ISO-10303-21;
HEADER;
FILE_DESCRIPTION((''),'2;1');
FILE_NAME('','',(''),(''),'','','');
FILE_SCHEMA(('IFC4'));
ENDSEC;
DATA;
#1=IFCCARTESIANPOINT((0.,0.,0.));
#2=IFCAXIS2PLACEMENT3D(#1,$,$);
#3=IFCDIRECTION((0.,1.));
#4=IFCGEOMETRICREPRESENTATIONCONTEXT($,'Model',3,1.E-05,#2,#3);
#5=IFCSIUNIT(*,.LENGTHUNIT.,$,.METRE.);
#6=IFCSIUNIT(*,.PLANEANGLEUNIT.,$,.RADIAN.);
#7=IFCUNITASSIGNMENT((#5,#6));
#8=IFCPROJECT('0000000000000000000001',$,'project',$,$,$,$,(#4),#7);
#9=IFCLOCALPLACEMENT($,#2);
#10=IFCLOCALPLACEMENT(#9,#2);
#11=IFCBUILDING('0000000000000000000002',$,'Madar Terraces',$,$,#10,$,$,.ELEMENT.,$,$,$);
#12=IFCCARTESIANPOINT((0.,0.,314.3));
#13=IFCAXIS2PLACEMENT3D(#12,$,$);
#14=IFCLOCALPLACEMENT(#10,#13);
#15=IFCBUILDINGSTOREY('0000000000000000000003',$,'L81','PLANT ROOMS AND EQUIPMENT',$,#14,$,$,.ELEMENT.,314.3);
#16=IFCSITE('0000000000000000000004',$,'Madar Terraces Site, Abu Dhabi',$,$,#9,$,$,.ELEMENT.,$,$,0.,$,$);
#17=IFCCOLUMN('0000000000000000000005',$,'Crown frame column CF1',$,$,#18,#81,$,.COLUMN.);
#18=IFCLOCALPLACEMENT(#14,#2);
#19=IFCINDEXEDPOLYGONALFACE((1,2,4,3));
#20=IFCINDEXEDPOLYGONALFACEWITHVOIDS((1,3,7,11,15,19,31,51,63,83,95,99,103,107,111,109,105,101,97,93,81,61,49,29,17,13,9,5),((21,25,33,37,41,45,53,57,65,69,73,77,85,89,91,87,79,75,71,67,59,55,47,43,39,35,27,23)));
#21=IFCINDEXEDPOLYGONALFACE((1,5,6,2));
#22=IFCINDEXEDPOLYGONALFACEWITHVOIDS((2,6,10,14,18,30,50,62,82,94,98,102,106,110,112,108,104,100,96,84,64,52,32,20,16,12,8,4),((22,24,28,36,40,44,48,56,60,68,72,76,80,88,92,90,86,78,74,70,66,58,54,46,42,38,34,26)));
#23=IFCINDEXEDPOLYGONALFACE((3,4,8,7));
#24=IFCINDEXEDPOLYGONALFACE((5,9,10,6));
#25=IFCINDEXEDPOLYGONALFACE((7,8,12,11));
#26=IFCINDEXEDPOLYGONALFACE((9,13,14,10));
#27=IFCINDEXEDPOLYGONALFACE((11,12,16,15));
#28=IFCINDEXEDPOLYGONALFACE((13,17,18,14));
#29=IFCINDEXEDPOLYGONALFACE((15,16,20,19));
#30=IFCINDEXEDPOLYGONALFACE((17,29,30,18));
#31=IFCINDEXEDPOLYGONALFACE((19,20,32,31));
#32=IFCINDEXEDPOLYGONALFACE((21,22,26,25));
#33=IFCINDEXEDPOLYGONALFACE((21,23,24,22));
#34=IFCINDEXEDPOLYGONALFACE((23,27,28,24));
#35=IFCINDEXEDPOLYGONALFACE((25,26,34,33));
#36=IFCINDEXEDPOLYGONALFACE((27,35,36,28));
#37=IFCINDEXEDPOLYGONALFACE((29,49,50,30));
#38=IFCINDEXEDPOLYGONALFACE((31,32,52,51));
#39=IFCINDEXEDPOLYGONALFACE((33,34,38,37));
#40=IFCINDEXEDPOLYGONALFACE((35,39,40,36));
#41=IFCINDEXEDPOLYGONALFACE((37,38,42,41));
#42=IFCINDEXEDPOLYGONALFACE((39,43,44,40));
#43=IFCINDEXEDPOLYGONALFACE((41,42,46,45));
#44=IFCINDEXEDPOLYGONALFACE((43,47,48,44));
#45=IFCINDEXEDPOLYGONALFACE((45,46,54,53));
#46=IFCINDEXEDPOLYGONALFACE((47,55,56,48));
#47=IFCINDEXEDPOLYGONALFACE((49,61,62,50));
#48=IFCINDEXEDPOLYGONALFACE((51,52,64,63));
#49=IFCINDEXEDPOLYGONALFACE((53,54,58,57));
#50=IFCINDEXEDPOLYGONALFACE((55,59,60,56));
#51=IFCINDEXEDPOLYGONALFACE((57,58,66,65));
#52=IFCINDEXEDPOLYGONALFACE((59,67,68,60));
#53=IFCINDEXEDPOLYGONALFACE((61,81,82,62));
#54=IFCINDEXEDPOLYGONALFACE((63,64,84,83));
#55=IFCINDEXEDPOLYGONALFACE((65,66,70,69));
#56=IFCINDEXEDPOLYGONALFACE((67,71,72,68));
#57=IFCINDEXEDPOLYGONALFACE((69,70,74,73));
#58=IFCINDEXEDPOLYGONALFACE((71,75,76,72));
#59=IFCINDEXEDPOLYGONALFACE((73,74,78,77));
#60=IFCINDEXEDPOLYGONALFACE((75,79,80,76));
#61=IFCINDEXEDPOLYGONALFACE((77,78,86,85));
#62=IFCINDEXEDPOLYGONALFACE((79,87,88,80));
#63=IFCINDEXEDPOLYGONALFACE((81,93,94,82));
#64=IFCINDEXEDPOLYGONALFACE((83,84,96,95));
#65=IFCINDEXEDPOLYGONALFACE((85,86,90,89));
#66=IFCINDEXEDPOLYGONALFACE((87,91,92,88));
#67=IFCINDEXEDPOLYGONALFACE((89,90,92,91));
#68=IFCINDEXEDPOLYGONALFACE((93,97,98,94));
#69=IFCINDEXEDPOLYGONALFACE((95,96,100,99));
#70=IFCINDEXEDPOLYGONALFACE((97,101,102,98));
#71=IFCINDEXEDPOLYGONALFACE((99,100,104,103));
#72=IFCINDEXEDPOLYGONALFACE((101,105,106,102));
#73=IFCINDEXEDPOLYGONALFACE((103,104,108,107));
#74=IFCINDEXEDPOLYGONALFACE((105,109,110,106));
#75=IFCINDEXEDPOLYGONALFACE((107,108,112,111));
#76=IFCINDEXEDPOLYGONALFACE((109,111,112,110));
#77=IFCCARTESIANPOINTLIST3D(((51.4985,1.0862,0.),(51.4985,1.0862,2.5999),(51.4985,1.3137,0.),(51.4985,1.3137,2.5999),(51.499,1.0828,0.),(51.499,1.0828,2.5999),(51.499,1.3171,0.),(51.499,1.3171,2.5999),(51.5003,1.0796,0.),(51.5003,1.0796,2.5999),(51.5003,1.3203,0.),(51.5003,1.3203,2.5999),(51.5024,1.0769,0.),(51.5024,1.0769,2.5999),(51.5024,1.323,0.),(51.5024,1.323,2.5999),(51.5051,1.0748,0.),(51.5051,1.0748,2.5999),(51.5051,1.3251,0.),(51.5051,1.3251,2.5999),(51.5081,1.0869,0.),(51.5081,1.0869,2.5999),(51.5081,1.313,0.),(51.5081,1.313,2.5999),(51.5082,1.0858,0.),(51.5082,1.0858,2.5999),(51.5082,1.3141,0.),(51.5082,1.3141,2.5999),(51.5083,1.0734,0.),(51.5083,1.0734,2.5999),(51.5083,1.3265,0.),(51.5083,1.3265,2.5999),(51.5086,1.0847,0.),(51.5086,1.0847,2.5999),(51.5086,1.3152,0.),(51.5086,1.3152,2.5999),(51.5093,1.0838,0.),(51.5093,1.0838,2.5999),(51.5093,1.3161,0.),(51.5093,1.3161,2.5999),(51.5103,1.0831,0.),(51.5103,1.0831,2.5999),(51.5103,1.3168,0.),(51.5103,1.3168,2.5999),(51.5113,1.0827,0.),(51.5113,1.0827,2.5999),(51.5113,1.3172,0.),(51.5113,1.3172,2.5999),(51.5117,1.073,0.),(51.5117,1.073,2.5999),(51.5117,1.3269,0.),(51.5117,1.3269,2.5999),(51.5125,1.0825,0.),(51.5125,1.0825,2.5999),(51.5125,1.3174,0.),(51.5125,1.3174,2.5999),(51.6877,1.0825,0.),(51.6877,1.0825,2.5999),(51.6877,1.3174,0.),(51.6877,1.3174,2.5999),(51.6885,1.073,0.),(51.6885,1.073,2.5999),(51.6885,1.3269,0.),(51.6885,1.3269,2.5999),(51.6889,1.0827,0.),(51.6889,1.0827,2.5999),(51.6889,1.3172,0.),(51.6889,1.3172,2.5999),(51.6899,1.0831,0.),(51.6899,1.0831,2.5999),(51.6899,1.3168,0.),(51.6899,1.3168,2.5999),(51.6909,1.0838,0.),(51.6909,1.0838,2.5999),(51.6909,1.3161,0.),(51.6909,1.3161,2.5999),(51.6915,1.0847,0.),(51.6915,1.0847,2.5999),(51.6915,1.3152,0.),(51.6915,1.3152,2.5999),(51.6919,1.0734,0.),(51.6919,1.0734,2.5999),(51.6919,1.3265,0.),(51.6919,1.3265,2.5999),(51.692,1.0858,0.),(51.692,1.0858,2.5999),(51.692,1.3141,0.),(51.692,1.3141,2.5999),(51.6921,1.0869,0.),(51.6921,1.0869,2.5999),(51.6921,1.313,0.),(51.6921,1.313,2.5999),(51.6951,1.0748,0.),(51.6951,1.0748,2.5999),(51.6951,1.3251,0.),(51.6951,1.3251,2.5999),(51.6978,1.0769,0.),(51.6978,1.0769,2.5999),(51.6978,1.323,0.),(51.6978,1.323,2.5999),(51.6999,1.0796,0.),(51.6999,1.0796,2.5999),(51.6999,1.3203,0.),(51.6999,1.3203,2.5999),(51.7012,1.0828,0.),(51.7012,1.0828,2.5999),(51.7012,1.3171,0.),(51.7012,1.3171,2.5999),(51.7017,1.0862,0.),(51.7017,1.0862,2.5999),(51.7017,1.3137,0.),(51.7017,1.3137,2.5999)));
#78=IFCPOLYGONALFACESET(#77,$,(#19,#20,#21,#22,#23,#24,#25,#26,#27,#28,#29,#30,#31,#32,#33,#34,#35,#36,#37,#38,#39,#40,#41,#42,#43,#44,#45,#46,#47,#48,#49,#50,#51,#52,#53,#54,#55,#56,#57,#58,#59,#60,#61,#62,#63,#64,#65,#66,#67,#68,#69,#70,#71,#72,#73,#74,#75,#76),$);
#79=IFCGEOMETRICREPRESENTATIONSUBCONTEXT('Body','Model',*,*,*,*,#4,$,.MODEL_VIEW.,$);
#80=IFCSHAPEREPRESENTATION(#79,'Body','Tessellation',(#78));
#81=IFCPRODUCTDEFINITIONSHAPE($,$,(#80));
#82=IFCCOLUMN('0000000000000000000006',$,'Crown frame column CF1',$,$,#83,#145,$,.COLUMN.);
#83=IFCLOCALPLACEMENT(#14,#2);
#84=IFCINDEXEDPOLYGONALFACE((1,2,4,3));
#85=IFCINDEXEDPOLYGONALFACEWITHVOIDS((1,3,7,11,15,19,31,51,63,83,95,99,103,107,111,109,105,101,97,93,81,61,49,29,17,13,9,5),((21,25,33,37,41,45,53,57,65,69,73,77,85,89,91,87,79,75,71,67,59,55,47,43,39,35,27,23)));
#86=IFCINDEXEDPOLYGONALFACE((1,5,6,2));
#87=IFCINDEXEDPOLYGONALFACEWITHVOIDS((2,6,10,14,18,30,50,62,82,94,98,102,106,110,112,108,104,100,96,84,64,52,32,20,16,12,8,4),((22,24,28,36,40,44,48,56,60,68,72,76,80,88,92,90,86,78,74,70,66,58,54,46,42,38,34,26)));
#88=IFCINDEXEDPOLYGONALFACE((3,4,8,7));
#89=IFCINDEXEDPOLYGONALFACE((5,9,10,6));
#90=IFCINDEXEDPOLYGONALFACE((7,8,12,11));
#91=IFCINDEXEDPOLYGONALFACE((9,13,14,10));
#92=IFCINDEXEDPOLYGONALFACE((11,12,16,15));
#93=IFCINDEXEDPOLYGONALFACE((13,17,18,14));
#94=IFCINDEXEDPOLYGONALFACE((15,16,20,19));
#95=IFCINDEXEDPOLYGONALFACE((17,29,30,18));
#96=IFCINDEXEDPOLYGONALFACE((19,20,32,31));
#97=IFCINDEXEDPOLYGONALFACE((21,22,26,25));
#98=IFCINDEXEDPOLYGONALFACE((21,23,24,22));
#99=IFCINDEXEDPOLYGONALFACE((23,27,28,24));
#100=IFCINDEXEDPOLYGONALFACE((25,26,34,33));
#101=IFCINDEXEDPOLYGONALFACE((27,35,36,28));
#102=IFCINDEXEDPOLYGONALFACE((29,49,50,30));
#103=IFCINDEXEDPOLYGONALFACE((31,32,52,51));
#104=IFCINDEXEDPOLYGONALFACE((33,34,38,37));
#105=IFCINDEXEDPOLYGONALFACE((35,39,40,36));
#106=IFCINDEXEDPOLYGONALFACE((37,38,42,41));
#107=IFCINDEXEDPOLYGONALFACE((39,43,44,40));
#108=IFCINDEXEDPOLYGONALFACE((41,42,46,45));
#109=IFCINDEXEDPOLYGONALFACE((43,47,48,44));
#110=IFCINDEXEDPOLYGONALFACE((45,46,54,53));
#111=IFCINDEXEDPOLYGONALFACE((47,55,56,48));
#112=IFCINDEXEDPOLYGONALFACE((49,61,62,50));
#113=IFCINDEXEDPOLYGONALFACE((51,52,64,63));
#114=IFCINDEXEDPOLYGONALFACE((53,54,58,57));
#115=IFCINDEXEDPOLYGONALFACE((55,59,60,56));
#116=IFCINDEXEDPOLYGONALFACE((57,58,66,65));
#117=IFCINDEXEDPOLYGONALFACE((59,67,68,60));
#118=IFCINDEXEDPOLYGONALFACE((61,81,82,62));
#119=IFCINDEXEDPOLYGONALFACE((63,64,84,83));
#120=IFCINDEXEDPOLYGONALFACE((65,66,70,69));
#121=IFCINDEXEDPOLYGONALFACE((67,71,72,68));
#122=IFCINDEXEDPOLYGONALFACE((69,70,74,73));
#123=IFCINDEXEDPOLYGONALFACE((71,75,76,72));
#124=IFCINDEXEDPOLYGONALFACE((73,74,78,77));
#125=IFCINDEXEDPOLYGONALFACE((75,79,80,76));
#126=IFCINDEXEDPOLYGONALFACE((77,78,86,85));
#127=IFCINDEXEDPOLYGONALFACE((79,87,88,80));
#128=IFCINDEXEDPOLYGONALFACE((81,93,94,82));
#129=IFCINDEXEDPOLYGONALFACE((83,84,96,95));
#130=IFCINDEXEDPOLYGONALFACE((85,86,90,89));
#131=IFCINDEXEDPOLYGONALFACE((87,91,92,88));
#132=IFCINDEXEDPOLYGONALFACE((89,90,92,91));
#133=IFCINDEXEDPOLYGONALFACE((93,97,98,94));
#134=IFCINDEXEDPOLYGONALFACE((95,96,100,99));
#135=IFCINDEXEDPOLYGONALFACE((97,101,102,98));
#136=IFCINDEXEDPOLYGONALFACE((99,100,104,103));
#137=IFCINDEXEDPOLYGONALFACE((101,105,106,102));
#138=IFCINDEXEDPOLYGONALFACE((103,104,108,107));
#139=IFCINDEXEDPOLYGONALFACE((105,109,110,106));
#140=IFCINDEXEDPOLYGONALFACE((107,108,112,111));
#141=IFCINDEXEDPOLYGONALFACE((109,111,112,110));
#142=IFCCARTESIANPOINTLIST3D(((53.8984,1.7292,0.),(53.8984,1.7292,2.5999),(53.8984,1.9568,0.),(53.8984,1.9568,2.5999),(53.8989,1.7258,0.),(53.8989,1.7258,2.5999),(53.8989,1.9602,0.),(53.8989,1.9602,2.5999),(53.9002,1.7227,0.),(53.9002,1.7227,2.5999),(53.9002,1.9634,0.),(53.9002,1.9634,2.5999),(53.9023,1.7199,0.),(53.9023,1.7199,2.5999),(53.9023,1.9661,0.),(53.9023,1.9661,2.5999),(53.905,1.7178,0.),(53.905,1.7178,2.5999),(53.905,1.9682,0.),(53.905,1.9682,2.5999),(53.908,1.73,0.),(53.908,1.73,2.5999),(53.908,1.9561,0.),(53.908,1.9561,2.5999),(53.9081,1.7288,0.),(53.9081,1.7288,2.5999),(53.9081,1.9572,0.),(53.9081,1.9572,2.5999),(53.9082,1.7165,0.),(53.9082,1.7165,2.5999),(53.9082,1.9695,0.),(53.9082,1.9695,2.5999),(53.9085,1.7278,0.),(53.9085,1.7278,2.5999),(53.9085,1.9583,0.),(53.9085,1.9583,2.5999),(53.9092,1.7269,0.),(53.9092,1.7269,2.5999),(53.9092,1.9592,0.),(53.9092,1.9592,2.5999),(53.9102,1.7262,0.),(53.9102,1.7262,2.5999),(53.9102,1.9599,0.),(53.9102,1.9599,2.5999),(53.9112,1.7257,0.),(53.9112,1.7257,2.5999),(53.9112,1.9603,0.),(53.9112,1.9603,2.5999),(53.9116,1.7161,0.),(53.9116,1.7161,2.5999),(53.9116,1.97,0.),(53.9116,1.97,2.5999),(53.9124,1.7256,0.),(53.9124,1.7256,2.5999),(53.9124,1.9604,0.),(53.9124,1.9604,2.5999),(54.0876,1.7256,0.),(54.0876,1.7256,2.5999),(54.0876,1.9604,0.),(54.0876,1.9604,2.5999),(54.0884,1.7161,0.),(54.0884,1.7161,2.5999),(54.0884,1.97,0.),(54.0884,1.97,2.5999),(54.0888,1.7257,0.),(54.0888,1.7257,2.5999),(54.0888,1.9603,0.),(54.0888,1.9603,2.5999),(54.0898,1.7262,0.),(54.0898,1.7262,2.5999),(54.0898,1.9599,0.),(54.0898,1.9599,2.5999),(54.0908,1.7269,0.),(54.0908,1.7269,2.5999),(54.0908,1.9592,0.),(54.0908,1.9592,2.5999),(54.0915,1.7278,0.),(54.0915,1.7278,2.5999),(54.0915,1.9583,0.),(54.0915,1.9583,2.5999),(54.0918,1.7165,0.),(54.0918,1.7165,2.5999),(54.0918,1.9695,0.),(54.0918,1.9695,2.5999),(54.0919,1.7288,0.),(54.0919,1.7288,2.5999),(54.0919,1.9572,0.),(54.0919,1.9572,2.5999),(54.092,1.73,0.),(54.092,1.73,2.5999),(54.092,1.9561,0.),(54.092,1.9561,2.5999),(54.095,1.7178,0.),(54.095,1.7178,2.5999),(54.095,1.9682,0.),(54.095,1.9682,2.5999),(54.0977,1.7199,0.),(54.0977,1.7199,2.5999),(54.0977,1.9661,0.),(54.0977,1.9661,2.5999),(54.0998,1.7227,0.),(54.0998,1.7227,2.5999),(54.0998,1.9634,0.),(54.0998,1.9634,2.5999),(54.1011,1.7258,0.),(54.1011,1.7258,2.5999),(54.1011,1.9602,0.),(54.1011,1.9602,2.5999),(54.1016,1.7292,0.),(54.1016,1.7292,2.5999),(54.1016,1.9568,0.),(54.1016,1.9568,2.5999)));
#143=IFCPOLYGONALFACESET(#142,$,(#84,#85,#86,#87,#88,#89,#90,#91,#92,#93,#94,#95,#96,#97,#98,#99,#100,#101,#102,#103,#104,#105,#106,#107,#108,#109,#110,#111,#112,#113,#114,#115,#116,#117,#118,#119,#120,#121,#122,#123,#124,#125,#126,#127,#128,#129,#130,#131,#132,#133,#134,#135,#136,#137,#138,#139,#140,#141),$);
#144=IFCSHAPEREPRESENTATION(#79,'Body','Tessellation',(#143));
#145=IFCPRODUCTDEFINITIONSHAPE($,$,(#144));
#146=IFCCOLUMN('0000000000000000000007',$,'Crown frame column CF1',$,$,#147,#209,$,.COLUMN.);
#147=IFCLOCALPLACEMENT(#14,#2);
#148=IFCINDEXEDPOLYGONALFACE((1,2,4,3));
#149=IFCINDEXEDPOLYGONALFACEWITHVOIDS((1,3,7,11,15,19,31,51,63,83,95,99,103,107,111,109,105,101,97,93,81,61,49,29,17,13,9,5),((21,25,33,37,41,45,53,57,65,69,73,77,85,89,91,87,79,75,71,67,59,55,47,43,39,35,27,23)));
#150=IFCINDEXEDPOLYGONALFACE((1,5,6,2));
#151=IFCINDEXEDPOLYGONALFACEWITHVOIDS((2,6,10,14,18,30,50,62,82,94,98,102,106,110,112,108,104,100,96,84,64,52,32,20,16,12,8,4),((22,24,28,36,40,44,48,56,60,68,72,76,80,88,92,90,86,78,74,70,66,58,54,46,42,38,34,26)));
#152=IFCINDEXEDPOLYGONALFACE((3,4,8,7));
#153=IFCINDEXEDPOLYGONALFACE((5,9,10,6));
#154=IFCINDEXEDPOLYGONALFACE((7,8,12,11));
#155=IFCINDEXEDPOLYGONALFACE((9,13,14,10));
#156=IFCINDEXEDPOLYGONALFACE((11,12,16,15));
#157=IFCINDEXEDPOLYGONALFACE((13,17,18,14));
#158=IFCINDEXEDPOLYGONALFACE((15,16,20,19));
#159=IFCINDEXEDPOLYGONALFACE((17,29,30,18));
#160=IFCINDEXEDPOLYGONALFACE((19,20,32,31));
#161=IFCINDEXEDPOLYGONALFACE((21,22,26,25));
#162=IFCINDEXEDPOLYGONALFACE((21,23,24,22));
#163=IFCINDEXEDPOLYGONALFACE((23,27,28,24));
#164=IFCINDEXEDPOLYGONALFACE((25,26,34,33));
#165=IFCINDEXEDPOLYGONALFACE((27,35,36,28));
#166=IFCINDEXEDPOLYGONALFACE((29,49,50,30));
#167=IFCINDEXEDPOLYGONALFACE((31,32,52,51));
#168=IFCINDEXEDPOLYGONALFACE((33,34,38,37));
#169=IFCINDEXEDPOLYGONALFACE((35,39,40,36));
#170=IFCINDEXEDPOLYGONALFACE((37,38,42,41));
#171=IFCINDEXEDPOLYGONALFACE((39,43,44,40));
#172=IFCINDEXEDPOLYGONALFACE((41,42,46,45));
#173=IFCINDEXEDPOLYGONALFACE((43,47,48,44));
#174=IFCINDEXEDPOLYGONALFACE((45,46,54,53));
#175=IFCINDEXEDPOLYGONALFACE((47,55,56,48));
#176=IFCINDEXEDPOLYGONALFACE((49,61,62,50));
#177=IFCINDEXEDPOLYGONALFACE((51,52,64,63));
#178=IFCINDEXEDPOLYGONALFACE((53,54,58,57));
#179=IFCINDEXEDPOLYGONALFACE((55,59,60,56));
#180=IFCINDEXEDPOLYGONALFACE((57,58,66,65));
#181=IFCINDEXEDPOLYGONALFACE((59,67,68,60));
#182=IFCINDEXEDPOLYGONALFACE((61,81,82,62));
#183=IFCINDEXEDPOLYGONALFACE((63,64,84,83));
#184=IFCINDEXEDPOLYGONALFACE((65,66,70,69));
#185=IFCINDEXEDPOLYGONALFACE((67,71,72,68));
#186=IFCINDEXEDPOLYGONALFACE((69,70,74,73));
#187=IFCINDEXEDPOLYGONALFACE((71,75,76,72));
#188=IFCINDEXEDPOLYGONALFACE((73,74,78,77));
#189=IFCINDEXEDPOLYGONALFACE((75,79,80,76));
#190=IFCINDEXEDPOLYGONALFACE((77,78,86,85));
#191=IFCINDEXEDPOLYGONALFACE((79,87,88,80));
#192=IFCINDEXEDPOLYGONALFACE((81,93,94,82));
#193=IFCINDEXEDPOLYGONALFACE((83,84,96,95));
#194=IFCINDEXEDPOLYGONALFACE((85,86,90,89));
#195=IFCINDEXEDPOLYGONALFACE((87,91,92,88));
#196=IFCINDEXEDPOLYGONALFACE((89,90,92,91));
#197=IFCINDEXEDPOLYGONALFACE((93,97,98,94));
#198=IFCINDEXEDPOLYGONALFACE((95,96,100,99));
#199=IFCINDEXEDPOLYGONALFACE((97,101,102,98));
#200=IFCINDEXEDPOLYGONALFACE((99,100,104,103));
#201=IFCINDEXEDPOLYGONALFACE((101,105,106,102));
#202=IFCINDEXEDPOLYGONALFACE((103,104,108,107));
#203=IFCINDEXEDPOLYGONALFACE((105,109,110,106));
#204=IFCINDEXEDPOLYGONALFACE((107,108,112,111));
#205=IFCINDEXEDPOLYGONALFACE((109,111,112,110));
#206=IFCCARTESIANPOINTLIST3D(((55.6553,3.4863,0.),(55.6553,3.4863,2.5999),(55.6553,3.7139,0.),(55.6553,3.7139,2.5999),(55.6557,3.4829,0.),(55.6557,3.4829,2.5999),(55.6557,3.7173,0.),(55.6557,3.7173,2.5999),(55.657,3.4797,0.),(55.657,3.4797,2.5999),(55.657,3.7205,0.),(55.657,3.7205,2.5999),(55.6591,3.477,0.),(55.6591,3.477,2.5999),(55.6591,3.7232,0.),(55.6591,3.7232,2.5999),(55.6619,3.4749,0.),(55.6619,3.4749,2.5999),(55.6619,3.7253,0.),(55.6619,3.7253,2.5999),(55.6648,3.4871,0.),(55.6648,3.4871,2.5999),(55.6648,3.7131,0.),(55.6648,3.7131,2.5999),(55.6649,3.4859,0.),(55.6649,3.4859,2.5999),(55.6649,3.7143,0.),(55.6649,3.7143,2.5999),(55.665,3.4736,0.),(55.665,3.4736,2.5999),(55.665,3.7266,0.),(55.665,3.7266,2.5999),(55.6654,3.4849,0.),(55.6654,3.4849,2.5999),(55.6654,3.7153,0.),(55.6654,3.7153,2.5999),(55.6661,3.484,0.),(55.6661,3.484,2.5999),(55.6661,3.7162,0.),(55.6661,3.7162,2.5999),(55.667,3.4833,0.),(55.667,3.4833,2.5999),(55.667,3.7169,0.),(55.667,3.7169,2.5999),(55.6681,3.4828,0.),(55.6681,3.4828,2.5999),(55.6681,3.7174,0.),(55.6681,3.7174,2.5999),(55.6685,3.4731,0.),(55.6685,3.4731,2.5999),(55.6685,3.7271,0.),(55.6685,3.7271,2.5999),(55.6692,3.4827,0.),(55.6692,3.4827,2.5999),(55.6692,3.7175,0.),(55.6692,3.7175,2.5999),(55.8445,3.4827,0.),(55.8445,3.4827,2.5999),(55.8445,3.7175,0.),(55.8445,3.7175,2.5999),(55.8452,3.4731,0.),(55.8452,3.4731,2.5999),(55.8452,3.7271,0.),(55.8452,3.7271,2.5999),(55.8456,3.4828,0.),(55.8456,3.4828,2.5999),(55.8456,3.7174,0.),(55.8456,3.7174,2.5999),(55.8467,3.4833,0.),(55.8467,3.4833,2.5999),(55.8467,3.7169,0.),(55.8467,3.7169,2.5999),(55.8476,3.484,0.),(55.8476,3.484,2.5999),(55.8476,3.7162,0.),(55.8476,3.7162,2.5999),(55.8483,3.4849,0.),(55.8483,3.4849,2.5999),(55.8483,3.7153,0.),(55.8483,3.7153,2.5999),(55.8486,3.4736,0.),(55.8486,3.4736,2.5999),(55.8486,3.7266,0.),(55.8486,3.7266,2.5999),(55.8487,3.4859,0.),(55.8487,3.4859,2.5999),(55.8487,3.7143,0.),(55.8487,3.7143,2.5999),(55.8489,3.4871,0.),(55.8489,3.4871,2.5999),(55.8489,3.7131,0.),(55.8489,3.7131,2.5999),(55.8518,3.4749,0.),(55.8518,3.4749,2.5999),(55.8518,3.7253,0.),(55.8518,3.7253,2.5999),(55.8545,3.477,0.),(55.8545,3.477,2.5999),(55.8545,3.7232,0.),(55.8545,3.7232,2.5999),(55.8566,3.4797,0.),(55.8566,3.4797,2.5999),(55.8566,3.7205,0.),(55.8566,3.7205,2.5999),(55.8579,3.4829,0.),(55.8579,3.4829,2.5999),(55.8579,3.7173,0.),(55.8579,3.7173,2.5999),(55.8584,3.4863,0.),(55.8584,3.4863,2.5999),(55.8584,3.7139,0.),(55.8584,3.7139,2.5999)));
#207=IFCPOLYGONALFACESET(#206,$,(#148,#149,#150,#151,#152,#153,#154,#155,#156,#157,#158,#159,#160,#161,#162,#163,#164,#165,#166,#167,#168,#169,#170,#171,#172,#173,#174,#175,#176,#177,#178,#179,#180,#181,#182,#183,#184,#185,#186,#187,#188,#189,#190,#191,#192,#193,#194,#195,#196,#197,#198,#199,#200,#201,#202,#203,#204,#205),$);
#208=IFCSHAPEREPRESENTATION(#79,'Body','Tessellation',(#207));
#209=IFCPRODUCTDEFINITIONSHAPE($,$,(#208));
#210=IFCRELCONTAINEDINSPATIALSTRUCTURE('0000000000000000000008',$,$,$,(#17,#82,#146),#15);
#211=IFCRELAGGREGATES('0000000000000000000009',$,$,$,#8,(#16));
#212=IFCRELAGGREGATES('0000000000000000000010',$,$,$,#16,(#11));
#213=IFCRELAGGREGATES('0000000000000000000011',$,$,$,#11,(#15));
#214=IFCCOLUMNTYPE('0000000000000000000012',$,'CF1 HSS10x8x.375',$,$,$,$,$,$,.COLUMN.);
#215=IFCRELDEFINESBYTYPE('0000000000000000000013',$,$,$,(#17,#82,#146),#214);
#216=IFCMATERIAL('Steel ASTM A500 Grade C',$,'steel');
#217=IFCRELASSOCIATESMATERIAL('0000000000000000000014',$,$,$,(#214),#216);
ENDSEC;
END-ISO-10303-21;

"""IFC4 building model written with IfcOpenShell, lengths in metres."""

from ifc_helpers import new_model, si_unit, direction, frame, origin, origin_2d, place, context, subcontext, project, spatial, hollow_rectangle, extrude, material, material_profile, profile_set, type_object, element, save


model = new_model("IFC4")

# Units and contexts
model_context = context("Model", 3, precision=1e-05, world=origin(), true_north=direction((0.0, 1.0)))
body_context = subcontext(model_context, "Body", "Model", "MODEL_VIEW")
ifc_project = project(units=[si_unit("LENGTHUNIT", "METRE"), si_unit("PLANEANGLEUNIT", "RADIAN")], contexts=[model_context])

# Site, building, storey
site_placement = place(None, origin())
site = spatial("IfcSite", under=ifc_project, at=site_placement, Name="Madar Terraces Site, Abu Dhabi", CompositionType="ELEMENT", RefElevation=0.0)
building_placement = place(site_placement, origin())
building = spatial("IfcBuilding", under=site, at=building_placement, Name="Madar Terraces", CompositionType="ELEMENT")
storey_placement = place(building_placement, frame((0.0, 0.0, 314.3)))
storey = spatial("IfcBuildingStorey", under=building, at=storey_placement, Name="L81", Description="PLANT ROOMS AND EQUIPMENT", CompositionType="ELEMENT", Elevation=314.3)

# Columns
ifc_material_1 = material(Name="Steel ASTM A500 Grade C", Category="steel")
ifc_material_profile_1 = material_profile(ifc_material_1, hollow_rectangle(XDim=0.2031, YDim=0.2539, WallThickness=0.0095, InnerFilletRadius=0.0044, OuterFilletRadius=0.0132, at=origin_2d()), Name="HSS10x8x.375")
ifc_profile_set_1 = profile_set([ifc_material_profile_1], Name="Steel ASTM A500 Grade C")
column_type = type_object("IfcColumnType", Name="CF1 HSS10x8x.375", PredefinedType="COLUMN", material=ifc_profile_set_1)
for number, where, z_axis, x_axis, name in (
    (1, (51.6001, 1.2, 0.0), (0.0, 0.0, 1.0), (1.0, 0.0, 0.0), "Crown frame column CF1"),
    (2, (54.0, 1.843, 0.0), (0.0, 0.0, 1.0), (1.0, 0.0, 0.0), "Crown frame column CF1"),
    (3, (55.7568, 3.6001, 0.0), (0.0, 0.0, 1.0), (1.0, 0.0, 0.0), "Crown frame column CF1"),
):
    element("IfcColumn", number, at=place(storey_placement, frame(where, z_axis=z_axis, x_axis=x_axis)), inside=storey, type_object=column_type, Name=name, PredefinedType="COLUMN", context=body_context, shape_type="SweptSolid", body=[
        extrude(hollow_rectangle(XDim=0.2031, YDim=0.2539, WallThickness=0.0095, InnerFilletRadius=0.0044, OuterFilletRadius=0.0132, at=origin_2d()), origin(), (0.0, 0.0, 1.0), 2.5999),
    ])

save(model, "model.ifc")
